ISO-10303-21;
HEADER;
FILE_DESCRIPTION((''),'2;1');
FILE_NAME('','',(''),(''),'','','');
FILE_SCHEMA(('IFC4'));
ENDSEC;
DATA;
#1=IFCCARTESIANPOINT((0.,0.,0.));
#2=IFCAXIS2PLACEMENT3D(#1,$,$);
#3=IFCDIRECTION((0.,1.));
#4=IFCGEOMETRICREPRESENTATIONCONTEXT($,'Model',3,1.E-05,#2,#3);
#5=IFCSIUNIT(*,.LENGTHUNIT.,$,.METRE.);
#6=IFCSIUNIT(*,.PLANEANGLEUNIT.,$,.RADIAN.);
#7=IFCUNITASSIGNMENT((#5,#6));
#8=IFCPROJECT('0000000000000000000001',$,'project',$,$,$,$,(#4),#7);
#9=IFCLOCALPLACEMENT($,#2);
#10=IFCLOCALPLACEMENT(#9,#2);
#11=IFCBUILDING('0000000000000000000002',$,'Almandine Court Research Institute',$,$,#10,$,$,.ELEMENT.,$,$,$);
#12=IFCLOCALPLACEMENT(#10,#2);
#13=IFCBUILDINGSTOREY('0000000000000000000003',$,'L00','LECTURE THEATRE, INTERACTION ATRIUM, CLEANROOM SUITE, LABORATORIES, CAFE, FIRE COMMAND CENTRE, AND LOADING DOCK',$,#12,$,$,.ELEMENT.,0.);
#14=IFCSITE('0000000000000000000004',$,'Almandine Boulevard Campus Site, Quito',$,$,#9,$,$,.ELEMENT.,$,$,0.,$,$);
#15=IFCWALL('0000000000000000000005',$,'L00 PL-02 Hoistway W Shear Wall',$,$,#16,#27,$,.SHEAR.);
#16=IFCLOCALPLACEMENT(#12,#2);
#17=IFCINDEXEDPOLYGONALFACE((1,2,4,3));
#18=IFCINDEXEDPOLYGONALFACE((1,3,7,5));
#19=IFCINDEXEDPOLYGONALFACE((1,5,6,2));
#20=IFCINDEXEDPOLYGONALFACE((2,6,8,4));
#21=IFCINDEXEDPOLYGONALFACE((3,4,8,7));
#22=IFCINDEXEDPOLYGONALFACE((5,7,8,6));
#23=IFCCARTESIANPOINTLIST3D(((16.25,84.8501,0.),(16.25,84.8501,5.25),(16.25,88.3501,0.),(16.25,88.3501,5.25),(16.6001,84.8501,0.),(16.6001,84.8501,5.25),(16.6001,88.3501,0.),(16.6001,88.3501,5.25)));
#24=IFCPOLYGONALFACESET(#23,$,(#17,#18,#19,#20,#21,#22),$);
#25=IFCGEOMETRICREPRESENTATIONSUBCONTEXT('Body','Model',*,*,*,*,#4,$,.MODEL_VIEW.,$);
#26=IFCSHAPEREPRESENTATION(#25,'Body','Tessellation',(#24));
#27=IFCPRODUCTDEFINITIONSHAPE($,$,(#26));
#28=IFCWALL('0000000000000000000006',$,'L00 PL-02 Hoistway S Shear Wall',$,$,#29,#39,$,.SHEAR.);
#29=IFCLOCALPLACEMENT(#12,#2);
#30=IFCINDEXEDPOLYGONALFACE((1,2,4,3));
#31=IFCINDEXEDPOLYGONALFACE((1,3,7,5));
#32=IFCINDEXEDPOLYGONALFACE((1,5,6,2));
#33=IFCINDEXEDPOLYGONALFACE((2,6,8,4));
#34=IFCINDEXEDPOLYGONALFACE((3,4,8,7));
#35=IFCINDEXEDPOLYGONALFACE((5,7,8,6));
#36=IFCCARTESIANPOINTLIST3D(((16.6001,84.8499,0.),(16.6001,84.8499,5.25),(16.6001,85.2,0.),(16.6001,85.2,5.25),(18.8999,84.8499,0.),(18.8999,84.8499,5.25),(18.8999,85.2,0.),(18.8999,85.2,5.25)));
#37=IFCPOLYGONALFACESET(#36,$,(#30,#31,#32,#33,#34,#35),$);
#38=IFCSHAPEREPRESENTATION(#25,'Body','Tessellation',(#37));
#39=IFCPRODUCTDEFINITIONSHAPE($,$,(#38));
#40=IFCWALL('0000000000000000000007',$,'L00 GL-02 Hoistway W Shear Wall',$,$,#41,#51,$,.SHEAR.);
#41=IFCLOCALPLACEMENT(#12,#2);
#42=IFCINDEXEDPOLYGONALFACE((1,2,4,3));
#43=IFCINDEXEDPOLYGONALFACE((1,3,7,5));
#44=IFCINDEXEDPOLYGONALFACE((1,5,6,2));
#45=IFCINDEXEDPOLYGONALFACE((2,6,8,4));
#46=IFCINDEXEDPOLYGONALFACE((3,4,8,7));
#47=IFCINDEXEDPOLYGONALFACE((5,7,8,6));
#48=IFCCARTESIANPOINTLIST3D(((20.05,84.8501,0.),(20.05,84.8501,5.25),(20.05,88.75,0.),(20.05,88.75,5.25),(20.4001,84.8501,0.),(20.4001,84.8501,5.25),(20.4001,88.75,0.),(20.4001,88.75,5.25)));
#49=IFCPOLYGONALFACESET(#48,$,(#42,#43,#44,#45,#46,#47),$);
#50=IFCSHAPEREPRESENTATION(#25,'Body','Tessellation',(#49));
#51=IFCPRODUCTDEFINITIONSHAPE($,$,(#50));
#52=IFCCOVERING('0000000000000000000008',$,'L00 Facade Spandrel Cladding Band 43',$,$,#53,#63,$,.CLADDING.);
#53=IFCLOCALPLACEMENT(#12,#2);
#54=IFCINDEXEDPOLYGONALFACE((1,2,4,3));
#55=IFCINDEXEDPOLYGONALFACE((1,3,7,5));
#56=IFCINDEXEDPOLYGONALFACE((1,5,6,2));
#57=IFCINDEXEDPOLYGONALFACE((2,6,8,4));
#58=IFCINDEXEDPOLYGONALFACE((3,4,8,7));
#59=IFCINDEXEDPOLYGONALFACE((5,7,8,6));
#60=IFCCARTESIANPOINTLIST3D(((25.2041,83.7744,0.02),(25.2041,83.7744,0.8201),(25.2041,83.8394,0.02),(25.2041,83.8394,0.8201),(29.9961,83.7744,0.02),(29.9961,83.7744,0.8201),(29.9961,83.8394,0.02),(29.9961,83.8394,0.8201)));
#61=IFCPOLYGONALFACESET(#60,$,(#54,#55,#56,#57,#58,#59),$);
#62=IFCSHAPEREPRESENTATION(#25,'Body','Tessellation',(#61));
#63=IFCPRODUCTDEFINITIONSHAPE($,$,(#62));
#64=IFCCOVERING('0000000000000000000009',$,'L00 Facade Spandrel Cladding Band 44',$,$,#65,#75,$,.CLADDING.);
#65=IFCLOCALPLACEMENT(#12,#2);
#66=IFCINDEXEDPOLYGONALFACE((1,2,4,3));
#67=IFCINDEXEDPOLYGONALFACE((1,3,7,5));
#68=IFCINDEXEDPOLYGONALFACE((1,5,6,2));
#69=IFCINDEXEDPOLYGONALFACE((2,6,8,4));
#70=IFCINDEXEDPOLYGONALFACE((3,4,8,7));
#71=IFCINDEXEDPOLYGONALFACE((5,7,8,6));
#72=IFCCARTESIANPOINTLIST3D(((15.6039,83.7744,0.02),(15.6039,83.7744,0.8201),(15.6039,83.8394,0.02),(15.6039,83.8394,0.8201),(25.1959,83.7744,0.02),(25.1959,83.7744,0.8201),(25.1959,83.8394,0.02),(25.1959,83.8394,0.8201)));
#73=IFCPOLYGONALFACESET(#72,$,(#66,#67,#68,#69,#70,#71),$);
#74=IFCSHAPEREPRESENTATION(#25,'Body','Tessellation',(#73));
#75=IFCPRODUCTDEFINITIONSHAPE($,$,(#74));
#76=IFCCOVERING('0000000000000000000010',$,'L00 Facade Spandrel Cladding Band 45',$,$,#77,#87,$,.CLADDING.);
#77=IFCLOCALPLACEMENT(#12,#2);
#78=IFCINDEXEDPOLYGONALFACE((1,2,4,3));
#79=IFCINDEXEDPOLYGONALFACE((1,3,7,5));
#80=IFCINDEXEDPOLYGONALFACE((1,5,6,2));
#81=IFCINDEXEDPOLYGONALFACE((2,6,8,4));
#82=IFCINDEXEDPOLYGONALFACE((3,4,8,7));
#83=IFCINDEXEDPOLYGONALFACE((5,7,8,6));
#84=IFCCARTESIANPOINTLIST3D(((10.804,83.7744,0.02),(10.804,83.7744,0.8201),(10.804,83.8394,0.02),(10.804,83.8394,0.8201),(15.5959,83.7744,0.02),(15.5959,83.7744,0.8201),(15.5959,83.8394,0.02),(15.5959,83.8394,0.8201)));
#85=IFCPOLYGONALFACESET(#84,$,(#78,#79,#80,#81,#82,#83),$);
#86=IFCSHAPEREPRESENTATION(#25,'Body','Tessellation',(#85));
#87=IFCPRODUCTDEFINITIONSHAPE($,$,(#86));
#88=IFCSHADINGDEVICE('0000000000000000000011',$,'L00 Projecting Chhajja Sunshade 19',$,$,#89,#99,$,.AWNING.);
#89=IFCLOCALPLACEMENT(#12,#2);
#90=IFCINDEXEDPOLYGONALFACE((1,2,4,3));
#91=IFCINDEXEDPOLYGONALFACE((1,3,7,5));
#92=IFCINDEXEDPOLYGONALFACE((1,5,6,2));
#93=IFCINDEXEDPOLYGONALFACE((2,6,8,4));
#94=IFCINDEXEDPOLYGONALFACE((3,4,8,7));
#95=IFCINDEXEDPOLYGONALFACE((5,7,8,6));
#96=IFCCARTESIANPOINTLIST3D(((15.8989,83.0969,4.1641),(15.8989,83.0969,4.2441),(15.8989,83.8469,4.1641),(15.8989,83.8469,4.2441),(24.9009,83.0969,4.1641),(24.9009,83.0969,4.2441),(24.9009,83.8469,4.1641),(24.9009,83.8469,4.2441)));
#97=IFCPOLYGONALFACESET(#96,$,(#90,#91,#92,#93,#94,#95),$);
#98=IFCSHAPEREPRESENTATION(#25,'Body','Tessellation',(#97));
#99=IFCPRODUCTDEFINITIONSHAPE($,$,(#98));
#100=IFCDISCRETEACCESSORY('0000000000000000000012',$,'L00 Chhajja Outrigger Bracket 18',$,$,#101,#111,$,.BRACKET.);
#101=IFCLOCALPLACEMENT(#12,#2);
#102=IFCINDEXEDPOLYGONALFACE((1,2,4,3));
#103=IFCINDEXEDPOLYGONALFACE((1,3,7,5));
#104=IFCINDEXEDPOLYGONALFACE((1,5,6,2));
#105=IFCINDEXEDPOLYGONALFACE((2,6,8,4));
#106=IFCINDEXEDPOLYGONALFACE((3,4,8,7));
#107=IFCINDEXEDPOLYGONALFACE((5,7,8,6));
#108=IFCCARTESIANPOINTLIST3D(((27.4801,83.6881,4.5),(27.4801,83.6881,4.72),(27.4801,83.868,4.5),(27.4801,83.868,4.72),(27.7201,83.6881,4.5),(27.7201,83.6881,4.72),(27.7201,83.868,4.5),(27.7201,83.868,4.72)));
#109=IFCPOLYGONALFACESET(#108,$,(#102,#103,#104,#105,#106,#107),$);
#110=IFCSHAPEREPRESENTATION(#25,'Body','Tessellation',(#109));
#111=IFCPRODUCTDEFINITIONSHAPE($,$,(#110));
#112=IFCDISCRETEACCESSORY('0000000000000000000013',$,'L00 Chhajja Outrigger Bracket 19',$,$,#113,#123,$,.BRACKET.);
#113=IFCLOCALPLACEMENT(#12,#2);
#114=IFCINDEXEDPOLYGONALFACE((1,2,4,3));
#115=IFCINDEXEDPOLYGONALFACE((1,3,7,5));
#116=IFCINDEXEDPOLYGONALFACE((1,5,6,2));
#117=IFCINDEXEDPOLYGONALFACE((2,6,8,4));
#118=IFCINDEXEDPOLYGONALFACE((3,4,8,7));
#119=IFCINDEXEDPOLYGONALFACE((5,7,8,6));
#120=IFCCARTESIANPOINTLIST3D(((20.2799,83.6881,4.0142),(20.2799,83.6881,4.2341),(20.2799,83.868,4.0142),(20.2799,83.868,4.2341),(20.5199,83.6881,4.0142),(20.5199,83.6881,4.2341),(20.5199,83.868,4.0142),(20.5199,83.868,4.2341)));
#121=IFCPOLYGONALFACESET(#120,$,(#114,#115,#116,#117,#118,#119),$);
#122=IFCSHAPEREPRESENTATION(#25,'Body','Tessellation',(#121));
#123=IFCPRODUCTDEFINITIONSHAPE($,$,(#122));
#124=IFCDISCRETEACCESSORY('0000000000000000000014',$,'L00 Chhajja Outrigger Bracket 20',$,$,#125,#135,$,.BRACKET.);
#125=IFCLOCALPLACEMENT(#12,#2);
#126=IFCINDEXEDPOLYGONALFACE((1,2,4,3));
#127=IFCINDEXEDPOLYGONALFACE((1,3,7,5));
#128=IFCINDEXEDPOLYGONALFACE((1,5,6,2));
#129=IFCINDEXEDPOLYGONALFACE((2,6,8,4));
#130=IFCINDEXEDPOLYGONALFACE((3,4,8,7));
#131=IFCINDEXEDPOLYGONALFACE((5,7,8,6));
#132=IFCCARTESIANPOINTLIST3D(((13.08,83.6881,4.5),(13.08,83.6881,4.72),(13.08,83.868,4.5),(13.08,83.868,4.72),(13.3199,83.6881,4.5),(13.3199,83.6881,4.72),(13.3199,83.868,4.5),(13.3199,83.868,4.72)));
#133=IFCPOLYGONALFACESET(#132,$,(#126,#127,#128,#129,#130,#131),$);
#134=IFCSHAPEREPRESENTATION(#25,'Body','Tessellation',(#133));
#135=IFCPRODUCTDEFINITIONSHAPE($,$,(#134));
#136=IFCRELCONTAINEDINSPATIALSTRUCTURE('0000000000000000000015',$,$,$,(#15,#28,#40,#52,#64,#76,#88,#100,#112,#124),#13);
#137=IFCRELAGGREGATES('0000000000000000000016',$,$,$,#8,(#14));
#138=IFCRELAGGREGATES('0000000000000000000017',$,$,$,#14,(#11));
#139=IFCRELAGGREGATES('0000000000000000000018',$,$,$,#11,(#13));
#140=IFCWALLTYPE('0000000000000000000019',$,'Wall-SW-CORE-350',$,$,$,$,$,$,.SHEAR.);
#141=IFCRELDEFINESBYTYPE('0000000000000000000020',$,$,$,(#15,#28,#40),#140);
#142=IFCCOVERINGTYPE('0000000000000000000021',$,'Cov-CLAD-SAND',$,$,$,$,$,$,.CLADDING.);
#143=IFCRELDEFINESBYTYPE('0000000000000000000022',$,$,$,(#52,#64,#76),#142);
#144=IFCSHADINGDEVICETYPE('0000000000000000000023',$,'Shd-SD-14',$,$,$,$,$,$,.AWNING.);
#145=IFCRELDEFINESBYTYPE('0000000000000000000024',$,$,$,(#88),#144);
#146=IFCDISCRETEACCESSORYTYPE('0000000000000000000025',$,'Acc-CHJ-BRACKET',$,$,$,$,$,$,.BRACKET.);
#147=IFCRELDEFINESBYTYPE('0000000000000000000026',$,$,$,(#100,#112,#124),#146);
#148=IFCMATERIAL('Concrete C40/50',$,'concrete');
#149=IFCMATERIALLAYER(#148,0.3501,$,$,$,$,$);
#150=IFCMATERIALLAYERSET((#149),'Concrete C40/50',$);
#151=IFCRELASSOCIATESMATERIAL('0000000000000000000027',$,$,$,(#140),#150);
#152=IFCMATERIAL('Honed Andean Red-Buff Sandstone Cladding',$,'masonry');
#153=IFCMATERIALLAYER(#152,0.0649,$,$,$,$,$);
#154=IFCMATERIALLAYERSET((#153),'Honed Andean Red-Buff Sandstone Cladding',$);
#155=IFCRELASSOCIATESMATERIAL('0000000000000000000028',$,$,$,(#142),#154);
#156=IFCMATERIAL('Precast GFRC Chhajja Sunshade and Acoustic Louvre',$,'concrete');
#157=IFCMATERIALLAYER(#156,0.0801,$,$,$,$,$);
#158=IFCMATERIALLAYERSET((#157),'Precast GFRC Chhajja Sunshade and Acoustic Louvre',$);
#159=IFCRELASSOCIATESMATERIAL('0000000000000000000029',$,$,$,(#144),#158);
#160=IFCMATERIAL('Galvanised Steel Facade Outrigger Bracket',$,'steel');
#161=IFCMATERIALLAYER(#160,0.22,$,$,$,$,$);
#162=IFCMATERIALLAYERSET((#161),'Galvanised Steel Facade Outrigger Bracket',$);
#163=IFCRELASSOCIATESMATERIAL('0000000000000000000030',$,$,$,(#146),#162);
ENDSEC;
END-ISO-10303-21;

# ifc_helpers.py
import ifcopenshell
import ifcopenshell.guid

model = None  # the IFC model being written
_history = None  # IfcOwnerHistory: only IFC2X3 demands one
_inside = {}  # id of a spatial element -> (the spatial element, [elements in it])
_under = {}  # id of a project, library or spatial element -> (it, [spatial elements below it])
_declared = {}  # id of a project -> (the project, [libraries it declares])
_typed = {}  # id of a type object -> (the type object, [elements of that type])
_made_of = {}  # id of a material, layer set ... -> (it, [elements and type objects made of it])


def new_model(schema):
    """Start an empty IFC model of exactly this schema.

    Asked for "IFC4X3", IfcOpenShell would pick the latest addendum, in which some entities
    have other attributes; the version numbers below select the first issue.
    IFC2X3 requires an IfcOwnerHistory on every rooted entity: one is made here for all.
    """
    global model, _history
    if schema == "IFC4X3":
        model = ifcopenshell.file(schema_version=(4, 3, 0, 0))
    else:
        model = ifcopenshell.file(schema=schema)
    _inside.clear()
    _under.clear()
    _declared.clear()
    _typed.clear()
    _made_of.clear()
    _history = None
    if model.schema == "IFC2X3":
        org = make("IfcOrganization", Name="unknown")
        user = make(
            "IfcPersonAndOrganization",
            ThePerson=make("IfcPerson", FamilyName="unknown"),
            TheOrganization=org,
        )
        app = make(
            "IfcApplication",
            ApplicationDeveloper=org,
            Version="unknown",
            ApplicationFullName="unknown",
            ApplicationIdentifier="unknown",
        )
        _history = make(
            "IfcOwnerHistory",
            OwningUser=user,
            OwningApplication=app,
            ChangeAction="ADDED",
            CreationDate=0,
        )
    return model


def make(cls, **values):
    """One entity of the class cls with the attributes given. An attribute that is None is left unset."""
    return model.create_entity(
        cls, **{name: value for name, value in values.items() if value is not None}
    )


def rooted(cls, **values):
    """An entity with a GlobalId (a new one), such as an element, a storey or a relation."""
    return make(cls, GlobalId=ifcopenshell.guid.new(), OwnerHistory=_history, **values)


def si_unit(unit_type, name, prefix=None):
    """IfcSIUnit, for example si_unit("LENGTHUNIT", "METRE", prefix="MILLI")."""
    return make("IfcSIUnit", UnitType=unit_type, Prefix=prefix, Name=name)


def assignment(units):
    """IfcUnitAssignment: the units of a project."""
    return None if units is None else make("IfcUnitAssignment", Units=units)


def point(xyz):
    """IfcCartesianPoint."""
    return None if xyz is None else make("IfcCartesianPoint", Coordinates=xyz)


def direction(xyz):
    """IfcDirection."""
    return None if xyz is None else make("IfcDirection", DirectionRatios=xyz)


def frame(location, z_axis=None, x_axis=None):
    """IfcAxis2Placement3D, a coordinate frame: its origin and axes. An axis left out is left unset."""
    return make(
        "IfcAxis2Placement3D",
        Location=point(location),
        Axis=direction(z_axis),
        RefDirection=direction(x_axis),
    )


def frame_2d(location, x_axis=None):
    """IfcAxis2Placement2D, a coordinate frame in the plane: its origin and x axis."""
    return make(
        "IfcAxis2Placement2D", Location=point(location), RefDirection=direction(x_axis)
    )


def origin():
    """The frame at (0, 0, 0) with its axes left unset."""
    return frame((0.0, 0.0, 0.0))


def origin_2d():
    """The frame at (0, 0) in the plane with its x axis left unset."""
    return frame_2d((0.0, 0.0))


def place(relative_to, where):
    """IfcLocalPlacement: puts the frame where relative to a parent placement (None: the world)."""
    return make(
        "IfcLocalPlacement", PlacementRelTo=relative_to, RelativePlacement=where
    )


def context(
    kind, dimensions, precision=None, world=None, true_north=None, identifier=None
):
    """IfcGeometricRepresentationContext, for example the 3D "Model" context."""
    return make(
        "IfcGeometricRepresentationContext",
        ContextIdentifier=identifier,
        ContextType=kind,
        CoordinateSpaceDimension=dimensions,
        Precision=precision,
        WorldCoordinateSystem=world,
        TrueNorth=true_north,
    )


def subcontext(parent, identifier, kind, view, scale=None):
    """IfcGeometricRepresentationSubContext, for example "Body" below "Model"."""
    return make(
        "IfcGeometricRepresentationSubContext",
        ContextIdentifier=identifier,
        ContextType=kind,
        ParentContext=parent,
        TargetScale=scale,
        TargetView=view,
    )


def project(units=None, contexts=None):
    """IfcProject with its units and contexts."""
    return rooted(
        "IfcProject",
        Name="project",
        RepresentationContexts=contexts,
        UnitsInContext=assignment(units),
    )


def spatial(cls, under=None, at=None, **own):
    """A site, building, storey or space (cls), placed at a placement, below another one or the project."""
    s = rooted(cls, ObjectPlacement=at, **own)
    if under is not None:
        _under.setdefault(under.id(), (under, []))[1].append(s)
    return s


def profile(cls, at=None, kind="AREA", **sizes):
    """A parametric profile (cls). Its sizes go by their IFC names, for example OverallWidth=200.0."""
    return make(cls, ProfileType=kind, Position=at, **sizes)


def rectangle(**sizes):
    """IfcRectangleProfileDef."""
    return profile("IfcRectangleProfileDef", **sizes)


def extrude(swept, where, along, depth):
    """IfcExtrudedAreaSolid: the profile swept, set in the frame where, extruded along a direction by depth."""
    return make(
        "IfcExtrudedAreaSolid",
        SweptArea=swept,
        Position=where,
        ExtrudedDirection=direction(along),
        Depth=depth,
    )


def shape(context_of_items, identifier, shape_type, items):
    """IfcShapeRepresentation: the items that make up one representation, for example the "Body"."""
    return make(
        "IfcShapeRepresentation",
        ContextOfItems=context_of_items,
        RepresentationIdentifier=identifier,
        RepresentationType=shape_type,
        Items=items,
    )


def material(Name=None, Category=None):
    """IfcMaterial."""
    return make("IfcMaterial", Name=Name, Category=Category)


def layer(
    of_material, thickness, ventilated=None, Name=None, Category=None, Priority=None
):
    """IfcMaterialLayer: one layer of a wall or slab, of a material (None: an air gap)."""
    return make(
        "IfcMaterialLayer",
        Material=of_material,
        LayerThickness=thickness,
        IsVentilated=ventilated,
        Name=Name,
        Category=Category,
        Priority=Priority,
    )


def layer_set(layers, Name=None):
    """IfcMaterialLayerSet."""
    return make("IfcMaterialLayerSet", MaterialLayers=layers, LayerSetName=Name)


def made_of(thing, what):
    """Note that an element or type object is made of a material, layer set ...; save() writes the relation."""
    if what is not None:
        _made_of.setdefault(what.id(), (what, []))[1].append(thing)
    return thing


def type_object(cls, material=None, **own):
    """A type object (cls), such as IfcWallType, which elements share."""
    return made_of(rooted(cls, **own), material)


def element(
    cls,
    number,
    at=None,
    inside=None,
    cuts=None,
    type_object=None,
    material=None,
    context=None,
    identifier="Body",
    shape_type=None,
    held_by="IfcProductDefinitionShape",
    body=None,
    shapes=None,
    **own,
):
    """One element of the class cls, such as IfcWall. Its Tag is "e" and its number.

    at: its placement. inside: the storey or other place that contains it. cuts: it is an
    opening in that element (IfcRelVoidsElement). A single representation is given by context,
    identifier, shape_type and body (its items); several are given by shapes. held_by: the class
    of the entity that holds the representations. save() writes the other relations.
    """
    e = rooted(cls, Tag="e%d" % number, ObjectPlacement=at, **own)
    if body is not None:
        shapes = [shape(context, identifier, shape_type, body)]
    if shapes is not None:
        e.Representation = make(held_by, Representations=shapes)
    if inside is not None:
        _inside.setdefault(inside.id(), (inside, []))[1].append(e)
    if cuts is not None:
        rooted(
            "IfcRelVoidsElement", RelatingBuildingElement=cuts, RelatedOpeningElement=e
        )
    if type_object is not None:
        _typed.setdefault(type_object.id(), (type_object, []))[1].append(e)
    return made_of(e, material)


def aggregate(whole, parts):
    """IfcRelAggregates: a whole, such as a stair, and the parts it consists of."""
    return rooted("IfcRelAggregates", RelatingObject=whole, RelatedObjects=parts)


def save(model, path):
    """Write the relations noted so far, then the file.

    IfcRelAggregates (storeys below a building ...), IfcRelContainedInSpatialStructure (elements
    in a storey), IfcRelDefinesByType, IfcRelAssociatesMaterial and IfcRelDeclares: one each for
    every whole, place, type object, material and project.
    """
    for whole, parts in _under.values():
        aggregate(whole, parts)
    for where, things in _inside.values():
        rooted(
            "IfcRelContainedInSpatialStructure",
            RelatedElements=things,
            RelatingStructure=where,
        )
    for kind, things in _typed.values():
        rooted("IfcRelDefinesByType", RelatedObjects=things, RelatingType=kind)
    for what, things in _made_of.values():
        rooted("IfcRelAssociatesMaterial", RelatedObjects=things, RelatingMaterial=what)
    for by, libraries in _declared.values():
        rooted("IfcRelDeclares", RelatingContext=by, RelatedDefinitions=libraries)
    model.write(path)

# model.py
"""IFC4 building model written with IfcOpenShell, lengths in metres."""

from ifc_helpers import new_model, si_unit, direction, frame, frame_2d, origin, origin_2d, place, context, subcontext, project, spatial, rectangle, extrude, material, layer, layer_set, type_object, element, save


model = new_model("IFC4")

# Units and contexts
model_context = context("Model", 3, precision=1e-05, world=origin(), true_north=direction((0.0, 1.0)))
body_context = subcontext(model_context, "Body", "Model", "MODEL_VIEW")
ifc_project = project(units=[si_unit("LENGTHUNIT", "METRE"), si_unit("PLANEANGLEUNIT", "RADIAN")], contexts=[model_context])

# Site, building, storey
site_placement = place(None, origin())
site = spatial("IfcSite", under=ifc_project, at=site_placement, Name="Almandine Boulevard Campus Site, Quito", CompositionType="ELEMENT", RefElevation=0.0)
building_placement = place(site_placement, origin())
building = spatial("IfcBuilding", under=site, at=building_placement, Name="Almandine Court Research Institute", CompositionType="ELEMENT")
storey_placement = place(building_placement, origin())
storey = spatial("IfcBuildingStorey", under=building, at=storey_placement, Name="L00", Description="LECTURE THEATRE, INTERACTION ATRIUM, CLEANROOM SUITE, LABORATORIES, CAFE, FIRE COMMAND CENTRE, AND LOADING DOCK", CompositionType="ELEMENT", Elevation=0.0)

# Shared definitions
ifc_material_1 = material(Name="Concrete C40/50", Category="concrete")
ifc_layer_1 = layer(ifc_material_1, 0.3501)
ifc_layer_set_1 = layer_set([ifc_layer_1], Name="Concrete C40/50")
wall_type_1 = type_object("IfcWallType", Name="Wall-SW-CORE-350", PredefinedType="SHEAR", material=ifc_layer_set_1)

# Walls
wall_1_placement = place(storey_placement, frame((16.425, 84.8501, 0.0), z_axis=(0.0, 0.0, 1.0), x_axis=(0.0, 1.0, 0.0)))
element("IfcWall", 1, at=wall_1_placement, inside=storey, type_object=wall_type_1, Name="L00 PL-02 Hoistway W Shear Wall", PredefinedType="SHEAR", context=body_context, shape_type="SweptSolid", body=[
    extrude(rectangle(XDim=3.5, YDim=0.3501, at=frame_2d((1.75, 0.0))), origin(), (0.0, 0.0, 1.0), 5.25),
])
wall_2_placement = place(storey_placement, frame((18.8999, 85.0249, 0.0), z_axis=(0.0, 0.0, 1.0), x_axis=(-1.0, 0.0, 0.0)))
element("IfcWall", 2, at=wall_2_placement, inside=storey, type_object=wall_type_1, Name="L00 PL-02 Hoistway S Shear Wall", PredefinedType="SHEAR", context=body_context, shape_type="SweptSolid", body=[
    extrude(rectangle(XDim=2.2998, YDim=0.3501, at=frame_2d((1.1499, 0.0))), origin(), (0.0, 0.0, 1.0), 5.25),
])
wall_3_placement = place(storey_placement, frame((20.2251, 84.8501, 0.0), z_axis=(0.0, 0.0, 1.0), x_axis=(0.0, 1.0, 0.0)))
element("IfcWall", 3, at=wall_3_placement, inside=storey, type_object=wall_type_1, Name="L00 GL-02 Hoistway W Shear Wall", PredefinedType="SHEAR", context=body_context, shape_type="SweptSolid", body=[
    extrude(rectangle(XDim=3.8999, YDim=0.3501, at=frame_2d((1.95, 0.0))), origin(), (0.0, 0.0, 1.0), 5.25),
])

# Coverings
ifc_material_2 = material(Name="Honed Andean Red-Buff Sandstone Cladding", Category="masonry")
ifc_layer_2 = layer(ifc_material_2, 0.0649)
ifc_layer_set_2 = layer_set([ifc_layer_2], Name="Honed Andean Red-Buff Sandstone Cladding")
covering_type = type_object("IfcCoveringType", Name="Cov-CLAD-SAND", PredefinedType="CLADDING", material=ifc_layer_set_2)
covering_1_placement = place(storey_placement, frame((27.6001, 83.8069, 0.02), z_axis=(0.0, 0.0, 1.0), x_axis=(-1.0, 0.0, 0.0)))
element("IfcCovering", 4, at=covering_1_placement, inside=storey, type_object=covering_type, Name="L00 Facade Spandrel Cladding Band 43", PredefinedType="CLADDING", context=body_context, shape_type="SweptSolid", body=[
    extrude(rectangle(XDim=4.792, YDim=0.0649, at=origin_2d()), origin(), (0.0, 0.0, 1.0), 0.8),
])
covering_2_placement = place(storey_placement, frame((20.3999, 83.8069, 0.02), z_axis=(0.0, 0.0, 1.0), x_axis=(-1.0, 0.0, 0.0)))
element("IfcCovering", 5, at=covering_2_placement, inside=storey, type_object=covering_type, Name="L00 Facade Spandrel Cladding Band 44", PredefinedType="CLADDING", context=body_context, shape_type="SweptSolid", body=[
    extrude(rectangle(XDim=9.592, YDim=0.0649, at=origin_2d()), origin(), (0.0, 0.0, 1.0), 0.8),
])
covering_3_placement = place(storey_placement, frame((13.2, 83.8069, 0.02), z_axis=(0.0, 0.0, 1.0), x_axis=(-1.0, 0.0, 0.0)))
element("IfcCovering", 6, at=covering_3_placement, inside=storey, type_object=covering_type, Name="L00 Facade Spandrel Cladding Band 45", PredefinedType="CLADDING", context=body_context, shape_type="SweptSolid", body=[
    extrude(rectangle(XDim=4.792, YDim=0.0649, at=origin_2d()), origin(), (0.0, 0.0, 1.0), 0.8),
])

# Shading device
ifc_material_3 = material(Name="Precast GFRC Chhajja Sunshade and Acoustic Louvre", Category="concrete")
ifc_layer_3 = layer(ifc_material_3, 0.0801)
ifc_layer_set_3 = layer_set([ifc_layer_3], Name="Precast GFRC Chhajja Sunshade and Acoustic Louvre")
shading_device_type = type_object("IfcShadingDeviceType", Name="Shd-SD-14", PredefinedType="AWNING", material=ifc_layer_set_3)
shading_device_placement = place(storey_placement, frame((20.3999, 83.4719, 4.1641), z_axis=(0.0, 0.0, 1.0), x_axis=(-1.0, 0.0, 0.0)))
element("IfcShadingDevice", 7, at=shading_device_placement, inside=storey, type_object=shading_device_type, Name="L00 Projecting Chhajja Sunshade 19", PredefinedType="AWNING", context=body_context, shape_type="SweptSolid", body=[
    extrude(rectangle(XDim=9.002, YDim=0.75, at=origin_2d()), origin(), (0.0, 0.0, 1.0), 0.0801),
])

# Discrete accessories
ifc_material_4 = material(Name="Galvanised Steel Facade Outrigger Bracket", Category="steel")
ifc_layer_4 = layer(ifc_material_4, 0.22)
ifc_layer_set_4 = layer_set([ifc_layer_4], Name="Galvanised Steel Facade Outrigger Bracket")
discrete_accessory_type = type_object("IfcDiscreteAccessoryType", Name="Acc-CHJ-BRACKET", PredefinedType="BRACKET", material=ifc_layer_set_4)
for number, where, z_axis, x_axis, name in (
    (8, (27.6001, 83.7781, 4.5), (0.0, 0.0, 1.0), (-1.0, 0.0, 0.0), "L00 Chhajja Outrigger Bracket 18"),
    (9, (20.3999, 83.7781, 4.0142), (0.0, 0.0, 1.0), (-1.0, 0.0, 0.0), "L00 Chhajja Outrigger Bracket 19"),
    (10, (13.2, 83.7781, 4.5), (0.0, 0.0, 1.0), (-1.0, 0.0, 0.0), "L00 Chhajja Outrigger Bracket 20"),
):
    element("IfcDiscreteAccessory", number, at=place(storey_placement, frame(where, z_axis=z_axis, x_axis=x_axis)), inside=storey, type_object=discrete_accessory_type, Name=name, PredefinedType="BRACKET", context=body_context, shape_type="SweptSolid", body=[
        extrude(rectangle(XDim=0.24, YDim=0.1799, at=origin_2d()), origin(), (0.0, 0.0, 1.0), 0.22),
    ])

save(model, "model.ifc")
